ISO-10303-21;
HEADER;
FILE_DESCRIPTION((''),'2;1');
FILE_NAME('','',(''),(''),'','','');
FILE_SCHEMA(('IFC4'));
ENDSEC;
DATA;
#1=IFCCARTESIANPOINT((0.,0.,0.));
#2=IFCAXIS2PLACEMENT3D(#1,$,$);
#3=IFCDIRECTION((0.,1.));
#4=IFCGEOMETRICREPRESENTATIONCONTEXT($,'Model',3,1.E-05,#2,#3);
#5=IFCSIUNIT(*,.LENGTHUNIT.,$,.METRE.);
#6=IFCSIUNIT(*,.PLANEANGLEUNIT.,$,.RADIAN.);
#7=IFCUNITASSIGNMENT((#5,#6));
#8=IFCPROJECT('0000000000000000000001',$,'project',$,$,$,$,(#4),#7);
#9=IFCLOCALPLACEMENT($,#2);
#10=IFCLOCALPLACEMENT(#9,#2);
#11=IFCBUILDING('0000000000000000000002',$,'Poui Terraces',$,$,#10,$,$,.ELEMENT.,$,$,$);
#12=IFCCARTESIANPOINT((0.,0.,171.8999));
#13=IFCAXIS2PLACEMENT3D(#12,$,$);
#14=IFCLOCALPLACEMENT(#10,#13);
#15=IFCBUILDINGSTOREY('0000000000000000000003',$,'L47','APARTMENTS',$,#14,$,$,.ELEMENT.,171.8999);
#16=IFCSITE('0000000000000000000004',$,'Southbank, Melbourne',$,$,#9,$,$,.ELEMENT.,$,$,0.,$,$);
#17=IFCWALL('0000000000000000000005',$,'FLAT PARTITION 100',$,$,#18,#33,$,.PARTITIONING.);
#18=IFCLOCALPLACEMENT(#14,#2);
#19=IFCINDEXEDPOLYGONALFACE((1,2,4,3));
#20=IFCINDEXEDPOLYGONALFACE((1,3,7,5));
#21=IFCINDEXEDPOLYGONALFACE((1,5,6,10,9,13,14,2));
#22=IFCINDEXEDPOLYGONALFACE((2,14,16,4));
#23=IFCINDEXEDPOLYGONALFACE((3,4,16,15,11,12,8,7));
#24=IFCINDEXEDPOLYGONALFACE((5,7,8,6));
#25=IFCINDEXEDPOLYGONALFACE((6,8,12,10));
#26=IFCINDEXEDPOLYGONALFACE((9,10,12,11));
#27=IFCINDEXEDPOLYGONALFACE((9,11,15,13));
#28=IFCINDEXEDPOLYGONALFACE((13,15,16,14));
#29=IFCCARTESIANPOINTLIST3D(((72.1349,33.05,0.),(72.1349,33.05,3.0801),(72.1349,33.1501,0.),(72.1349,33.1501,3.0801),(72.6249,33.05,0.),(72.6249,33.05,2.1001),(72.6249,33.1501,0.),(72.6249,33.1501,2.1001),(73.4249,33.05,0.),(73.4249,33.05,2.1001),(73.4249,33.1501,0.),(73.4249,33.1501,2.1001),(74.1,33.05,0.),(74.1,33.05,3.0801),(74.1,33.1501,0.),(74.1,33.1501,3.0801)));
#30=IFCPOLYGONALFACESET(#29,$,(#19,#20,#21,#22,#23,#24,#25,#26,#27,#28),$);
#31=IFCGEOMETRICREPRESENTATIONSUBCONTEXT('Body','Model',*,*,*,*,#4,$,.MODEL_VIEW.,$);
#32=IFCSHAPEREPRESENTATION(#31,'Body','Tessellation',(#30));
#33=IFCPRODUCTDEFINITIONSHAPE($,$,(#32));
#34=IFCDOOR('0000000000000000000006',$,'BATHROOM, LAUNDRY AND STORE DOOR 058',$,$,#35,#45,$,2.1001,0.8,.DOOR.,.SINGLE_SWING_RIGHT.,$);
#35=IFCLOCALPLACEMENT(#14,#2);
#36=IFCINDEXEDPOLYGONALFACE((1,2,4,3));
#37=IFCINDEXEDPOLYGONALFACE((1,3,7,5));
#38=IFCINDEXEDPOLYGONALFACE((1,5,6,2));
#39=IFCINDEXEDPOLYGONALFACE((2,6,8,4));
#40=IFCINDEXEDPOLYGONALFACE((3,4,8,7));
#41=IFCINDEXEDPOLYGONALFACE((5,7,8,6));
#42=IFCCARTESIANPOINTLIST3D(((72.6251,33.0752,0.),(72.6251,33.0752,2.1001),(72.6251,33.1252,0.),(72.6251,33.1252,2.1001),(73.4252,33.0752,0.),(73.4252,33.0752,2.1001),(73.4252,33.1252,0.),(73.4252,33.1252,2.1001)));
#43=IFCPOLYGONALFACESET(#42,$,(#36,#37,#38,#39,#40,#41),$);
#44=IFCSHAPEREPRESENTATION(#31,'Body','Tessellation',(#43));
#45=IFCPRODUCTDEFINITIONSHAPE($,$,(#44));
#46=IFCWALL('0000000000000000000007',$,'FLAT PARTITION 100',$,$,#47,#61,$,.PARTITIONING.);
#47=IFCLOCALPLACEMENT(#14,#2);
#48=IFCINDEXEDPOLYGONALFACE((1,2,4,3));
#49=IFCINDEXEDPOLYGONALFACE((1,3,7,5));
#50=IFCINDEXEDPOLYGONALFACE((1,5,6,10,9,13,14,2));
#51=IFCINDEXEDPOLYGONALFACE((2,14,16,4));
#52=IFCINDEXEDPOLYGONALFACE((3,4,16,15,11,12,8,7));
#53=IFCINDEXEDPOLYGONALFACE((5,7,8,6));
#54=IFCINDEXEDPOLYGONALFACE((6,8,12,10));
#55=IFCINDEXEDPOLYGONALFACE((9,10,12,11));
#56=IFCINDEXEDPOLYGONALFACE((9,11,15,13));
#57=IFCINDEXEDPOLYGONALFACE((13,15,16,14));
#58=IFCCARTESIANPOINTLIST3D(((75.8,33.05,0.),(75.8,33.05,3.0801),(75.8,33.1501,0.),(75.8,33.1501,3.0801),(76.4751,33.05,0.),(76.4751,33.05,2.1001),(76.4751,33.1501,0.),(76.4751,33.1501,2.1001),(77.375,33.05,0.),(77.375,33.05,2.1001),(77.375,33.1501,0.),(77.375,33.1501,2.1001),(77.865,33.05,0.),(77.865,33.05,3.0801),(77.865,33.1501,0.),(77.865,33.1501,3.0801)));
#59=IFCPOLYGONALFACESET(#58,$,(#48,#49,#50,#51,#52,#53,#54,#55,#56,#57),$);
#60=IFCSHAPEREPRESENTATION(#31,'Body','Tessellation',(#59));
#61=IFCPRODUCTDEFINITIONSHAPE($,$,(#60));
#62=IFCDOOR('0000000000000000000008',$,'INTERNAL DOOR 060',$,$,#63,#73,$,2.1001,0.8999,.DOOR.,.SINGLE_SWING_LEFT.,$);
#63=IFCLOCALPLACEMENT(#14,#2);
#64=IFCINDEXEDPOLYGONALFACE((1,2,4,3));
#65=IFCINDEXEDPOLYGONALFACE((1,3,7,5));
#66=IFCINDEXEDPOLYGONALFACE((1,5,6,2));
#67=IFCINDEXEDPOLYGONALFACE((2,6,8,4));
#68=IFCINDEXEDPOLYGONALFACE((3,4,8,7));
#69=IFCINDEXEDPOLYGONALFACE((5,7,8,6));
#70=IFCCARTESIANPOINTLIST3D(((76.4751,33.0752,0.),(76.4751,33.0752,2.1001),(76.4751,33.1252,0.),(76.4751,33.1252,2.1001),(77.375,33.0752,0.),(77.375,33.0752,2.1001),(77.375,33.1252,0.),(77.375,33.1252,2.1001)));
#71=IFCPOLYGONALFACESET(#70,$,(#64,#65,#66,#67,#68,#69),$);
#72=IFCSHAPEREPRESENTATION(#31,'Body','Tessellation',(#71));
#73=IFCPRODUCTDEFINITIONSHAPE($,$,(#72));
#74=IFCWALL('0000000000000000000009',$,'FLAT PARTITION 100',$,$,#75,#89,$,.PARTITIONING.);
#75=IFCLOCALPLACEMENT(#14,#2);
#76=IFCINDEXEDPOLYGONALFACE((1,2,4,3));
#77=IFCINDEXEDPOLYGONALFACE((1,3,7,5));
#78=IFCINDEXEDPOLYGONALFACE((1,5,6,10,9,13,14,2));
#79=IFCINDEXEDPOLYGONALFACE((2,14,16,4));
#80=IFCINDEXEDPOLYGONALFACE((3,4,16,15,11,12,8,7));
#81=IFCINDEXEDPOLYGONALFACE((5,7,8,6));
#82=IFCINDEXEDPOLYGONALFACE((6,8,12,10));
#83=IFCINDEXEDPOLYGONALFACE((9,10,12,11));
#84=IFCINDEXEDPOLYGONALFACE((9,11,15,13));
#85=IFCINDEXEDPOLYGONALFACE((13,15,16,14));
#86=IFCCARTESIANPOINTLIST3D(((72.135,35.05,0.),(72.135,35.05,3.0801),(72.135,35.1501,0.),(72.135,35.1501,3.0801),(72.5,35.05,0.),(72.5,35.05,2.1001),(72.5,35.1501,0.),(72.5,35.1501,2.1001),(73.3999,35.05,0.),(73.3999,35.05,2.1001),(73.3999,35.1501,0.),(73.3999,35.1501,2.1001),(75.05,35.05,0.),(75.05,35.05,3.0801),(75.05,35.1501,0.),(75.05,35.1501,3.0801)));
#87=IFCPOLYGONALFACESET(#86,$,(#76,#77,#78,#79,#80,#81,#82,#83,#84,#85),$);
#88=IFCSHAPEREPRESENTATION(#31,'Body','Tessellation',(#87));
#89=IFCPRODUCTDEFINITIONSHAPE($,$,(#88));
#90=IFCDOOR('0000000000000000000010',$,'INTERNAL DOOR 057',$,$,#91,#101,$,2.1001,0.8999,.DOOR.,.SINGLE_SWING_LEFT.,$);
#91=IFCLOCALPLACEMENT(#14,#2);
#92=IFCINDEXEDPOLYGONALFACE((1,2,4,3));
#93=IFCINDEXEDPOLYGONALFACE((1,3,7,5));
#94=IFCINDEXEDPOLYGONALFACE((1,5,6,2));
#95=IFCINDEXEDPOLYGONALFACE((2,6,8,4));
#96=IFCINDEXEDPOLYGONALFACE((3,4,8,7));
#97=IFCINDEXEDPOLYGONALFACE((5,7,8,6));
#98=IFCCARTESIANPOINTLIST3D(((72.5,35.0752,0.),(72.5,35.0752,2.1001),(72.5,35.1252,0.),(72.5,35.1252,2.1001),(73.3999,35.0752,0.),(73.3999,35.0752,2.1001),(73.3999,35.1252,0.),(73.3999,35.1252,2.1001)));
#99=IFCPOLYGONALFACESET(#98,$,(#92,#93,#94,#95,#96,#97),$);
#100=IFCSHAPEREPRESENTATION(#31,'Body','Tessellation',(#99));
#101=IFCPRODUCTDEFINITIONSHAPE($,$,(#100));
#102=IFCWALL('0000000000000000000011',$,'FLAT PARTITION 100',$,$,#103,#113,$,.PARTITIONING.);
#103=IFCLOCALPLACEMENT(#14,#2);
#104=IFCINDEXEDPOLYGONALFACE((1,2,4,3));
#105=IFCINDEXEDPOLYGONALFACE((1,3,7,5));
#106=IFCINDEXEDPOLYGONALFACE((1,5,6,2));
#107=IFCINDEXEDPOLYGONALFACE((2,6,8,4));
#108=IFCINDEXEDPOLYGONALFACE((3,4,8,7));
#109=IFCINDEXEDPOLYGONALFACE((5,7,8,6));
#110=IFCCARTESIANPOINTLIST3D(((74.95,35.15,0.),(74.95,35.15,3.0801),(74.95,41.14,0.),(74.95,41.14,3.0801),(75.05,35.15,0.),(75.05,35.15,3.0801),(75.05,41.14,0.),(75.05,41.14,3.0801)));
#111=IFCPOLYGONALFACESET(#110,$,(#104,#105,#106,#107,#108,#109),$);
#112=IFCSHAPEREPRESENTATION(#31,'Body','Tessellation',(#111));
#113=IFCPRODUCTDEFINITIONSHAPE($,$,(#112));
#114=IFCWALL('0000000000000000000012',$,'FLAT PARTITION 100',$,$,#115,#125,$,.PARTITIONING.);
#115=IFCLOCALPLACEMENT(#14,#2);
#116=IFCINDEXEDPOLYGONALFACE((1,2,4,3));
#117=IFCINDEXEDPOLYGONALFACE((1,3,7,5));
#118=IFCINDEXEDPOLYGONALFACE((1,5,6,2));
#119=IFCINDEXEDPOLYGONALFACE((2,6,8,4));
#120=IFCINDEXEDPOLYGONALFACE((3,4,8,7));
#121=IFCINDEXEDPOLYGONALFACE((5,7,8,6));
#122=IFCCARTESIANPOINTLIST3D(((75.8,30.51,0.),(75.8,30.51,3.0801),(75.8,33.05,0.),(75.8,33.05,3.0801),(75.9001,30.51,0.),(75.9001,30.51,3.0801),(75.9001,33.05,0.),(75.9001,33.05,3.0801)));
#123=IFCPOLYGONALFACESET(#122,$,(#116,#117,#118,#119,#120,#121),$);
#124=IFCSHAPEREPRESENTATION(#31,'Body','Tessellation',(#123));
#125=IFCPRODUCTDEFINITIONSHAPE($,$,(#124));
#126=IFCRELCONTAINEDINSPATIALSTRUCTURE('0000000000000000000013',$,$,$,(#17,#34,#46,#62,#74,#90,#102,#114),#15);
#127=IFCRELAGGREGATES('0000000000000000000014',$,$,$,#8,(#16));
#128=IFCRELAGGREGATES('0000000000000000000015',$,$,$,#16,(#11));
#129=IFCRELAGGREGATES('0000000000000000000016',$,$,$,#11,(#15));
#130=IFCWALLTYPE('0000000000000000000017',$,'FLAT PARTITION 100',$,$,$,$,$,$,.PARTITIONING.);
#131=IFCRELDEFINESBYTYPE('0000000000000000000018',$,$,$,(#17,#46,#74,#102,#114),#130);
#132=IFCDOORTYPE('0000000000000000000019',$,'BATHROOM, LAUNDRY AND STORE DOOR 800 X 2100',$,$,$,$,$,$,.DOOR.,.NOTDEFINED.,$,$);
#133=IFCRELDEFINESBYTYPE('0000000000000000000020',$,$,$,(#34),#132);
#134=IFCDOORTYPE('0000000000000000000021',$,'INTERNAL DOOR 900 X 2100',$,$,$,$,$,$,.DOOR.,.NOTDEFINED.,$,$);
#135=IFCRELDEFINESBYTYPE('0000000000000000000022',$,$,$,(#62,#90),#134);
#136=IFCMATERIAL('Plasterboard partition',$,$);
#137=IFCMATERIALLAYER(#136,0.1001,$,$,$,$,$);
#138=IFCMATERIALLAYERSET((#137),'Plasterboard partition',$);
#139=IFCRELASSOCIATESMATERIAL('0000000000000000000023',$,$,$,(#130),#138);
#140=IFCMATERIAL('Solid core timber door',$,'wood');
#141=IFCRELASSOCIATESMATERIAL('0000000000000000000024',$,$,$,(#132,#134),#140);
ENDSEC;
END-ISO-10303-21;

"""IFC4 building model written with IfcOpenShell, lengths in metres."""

from ifc_helpers import new_model, si_unit, direction, frame, frame_2d, origin, place, context, subcontext, project, spatial, rectangle, extrude, material, layer, layer_set, type_object, element, fill, save


model = new_model("IFC4")

# Units and contexts
model_context = context("Model", 3, precision=1e-05, world=origin(), true_north=direction((0.0, 1.0)))
body_context = subcontext(model_context, "Body", "Model", "MODEL_VIEW")
ifc_project = project(units=[si_unit("LENGTHUNIT", "METRE"), si_unit("PLANEANGLEUNIT", "RADIAN")], contexts=[model_context])

# Site, building, storey
site_placement = place(None, origin())
site = spatial("IfcSite", under=ifc_project, at=site_placement, Name="Southbank, Melbourne", CompositionType="ELEMENT", RefElevation=0.0)
building_placement = place(site_placement, origin())
building = spatial("IfcBuilding", under=site, at=building_placement, Name="Poui Terraces", CompositionType="ELEMENT")
storey_placement = place(building_placement, frame((0.0, 0.0, 171.8999)))
storey = spatial("IfcBuildingStorey", under=building, at=storey_placement, Name="L47", Description="APARTMENTS", CompositionType="ELEMENT", Elevation=171.8999)

# Walls, openings, doors
ifc_material_1 = material(Name="Plasterboard partition")
ifc_layer = layer(ifc_material_1, 0.1001)
ifc_layer_set = layer_set([ifc_layer], Name="Plasterboard partition")
wall_type = type_object("IfcWallType", Name="FLAT PARTITION 100", PredefinedType="PARTITIONING", material=ifc_layer_set)
wall_1_placement = place(storey_placement, frame((72.135, 33.1001, 0.0), z_axis=(0.0, 0.0, 1.0), x_axis=(1.0, 0.0, 0.0)))
wall_1 = element("IfcWall", 1, at=wall_1_placement, inside=storey, type_object=wall_type, Name="FLAT PARTITION 100", PredefinedType="PARTITIONING", context=body_context, shape_type="SweptSolid", body=[
    extrude(rectangle(XDim=1.9651, YDim=0.1001, at=frame_2d((0.9824, 0.0))), origin(), (0.0, 0.0, 1.0), 3.0801),
])
opening_1_placement = place(wall_1_placement, frame((0.49, 0.0, 0.0)))
opening_1 = element("IfcOpeningElement", 2, at=opening_1_placement, cuts=wall_1, PredefinedType="OPENING", context=body_context, shape_type="SweptSolid", body=[
    extrude(rectangle(XDim=0.8, YDim=2.1001, at=frame_2d((0.3999, 1.05))), frame((0.0, 0.0601, 0.0), z_axis=(0.0, -1.0, 0.0), x_axis=(1.0, 0.0, 0.0)), (0.0, 0.0, 1.0), 0.1201),
])
ifc_material_2 = material(Name="Solid core timber door", Category="wood")
door_type_1 = type_object("IfcDoorType", Name="BATHROOM, LAUNDRY AND STORE DOOR 800 X 2100", OperationType="NOTDEFINED", PredefinedType="DOOR", material=ifc_material_2)
door_1_placement = place(opening_1_placement, frame((0.8, 0.0, 0.0), z_axis=(0.0, 0.0, 1.0), x_axis=(-1.0, 0.0, 0.0)))
door_1 = element("IfcDoor", 3, at=door_1_placement, inside=storey, type_object=door_type_1, Name="BATHROOM, LAUNDRY AND STORE DOOR 058", OperationType="SINGLE_SWING_RIGHT", OverallHeight=2.1001, OverallWidth=0.8, PredefinedType="DOOR", context=body_context, shape_type="SweptSolid", body=[
    extrude(rectangle(XDim=0.8, YDim=2.1001, at=frame_2d((0.3999, 1.05))), frame((0.0, 0.0249, 0.0), z_axis=(0.0, -1.0, 0.0), x_axis=(1.0, 0.0, 0.0)), (0.0, 0.0, 1.0), 0.05),
])
fill(opening_1, door_1)
wall_2_placement = place(storey_placement, frame((75.8, 33.1001, 0.0), z_axis=(0.0, 0.0, 1.0), x_axis=(1.0, 0.0, 0.0)))
wall_2 = element("IfcWall", 4, at=wall_2_placement, inside=storey, type_object=wall_type, Name="FLAT PARTITION 100", PredefinedType="PARTITIONING", context=body_context, shape_type="SweptSolid", body=[
    extrude(rectangle(XDim=2.0649, YDim=0.1001, at=frame_2d((1.0325, 0.0))), origin(), (0.0, 0.0, 1.0), 3.0801),
])
opening_2_placement = place(wall_2_placement, frame((0.675, 0.0, 0.0)))
opening_2 = element("IfcOpeningElement", 5, at=opening_2_placement, cuts=wall_2, PredefinedType="OPENING", context=body_context, shape_type="SweptSolid", body=[
    extrude(rectangle(XDim=0.8999, YDim=2.1001, at=frame_2d((0.45, 1.05))), frame((0.0, 0.0601, 0.0), z_axis=(0.0, -1.0, 0.0), x_axis=(1.0, 0.0, 0.0)), (0.0, 0.0, 1.0), 0.1201),
])
door_type_2 = type_object("IfcDoorType", Name="INTERNAL DOOR 900 X 2100", OperationType="NOTDEFINED", PredefinedType="DOOR", material=ifc_material_2)
door_2_placement = place(opening_2_placement, frame((0.8999, 0.0, 0.0), z_axis=(0.0, 0.0, 1.0), x_axis=(-1.0, 0.0, 0.0)))
door_2 = element("IfcDoor", 6, at=door_2_placement, inside=storey, type_object=door_type_2, Name="INTERNAL DOOR 060", OperationType="SINGLE_SWING_LEFT", OverallHeight=2.1001, OverallWidth=0.8999, PredefinedType="DOOR", context=body_context, shape_type="SweptSolid", body=[
    extrude(rectangle(XDim=0.8999, YDim=2.1001, at=frame_2d((0.45, 1.05))), frame((0.0, 0.0249, 0.0), z_axis=(0.0, -1.0, 0.0), x_axis=(1.0, 0.0, 0.0)), (0.0, 0.0, 1.0), 0.05),
])
fill(opening_2, door_2)
wall_3_placement = place(storey_placement, frame((72.135, 35.1001, 0.0), z_axis=(0.0, 0.0, 1.0), x_axis=(1.0, 0.0, 0.0)))
wall_3 = element("IfcWall", 7, at=wall_3_placement, inside=storey, type_object=wall_type, Name="FLAT PARTITION 100", PredefinedType="PARTITIONING", context=body_context, shape_type="SweptSolid", body=[
    extrude(rectangle(XDim=2.915, YDim=0.1001, at=frame_2d((1.4575, 0.0))), origin(), (0.0, 0.0, 1.0), 3.0801),
])
opening_3_placement = place(wall_3_placement, frame((0.365, 0.0, 0.0)))
opening_3 = element("IfcOpeningElement", 8, at=opening_3_placement, cuts=wall_3, PredefinedType="OPENING", context=body_context, shape_type="SweptSolid", body=[
    extrude(rectangle(XDim=0.8999, YDim=2.1001, at=frame_2d((0.45, 1.05))), frame((0.0, 0.0601, 0.0), z_axis=(0.0, -1.0, 0.0), x_axis=(1.0, 0.0, 0.0)), (0.0, 0.0, 1.0), 0.1201),
])
door_3_placement = place(opening_3_placement, frame((0.8999, 0.0, 0.0), z_axis=(0.0, 0.0, 1.0), x_axis=(-1.0, 0.0, 0.0)))
door_3 = element("IfcDoor", 9, at=door_3_placement, inside=storey, type_object=door_type_2, Name="INTERNAL DOOR 057", OperationType="SINGLE_SWING_LEFT", OverallHeight=2.1001, OverallWidth=0.8999, PredefinedType="DOOR", context=body_context, shape_type="SweptSolid", body=[
    extrude(rectangle(XDim=0.8999, YDim=2.1001, at=frame_2d((0.45, 1.05))), frame((0.0, 0.0249, 0.0), z_axis=(0.0, -1.0, 0.0), x_axis=(1.0, 0.0, 0.0)), (0.0, 0.0, 1.0), 0.05),
])
fill(opening_3, door_3)

# Walls
wall_4_placement = place(storey_placement, frame((75.0, 35.1499, 0.0), z_axis=(0.0, 0.0, 1.0), x_axis=(0.0, 1.0, 0.0)))
element("IfcWall", 10, at=wall_4_placement, inside=storey, type_object=wall_type, Name="FLAT PARTITION 100", PredefinedType="PARTITIONING", context=body_context, shape_type="SweptSolid", body=[
    extrude(rectangle(XDim=5.99, YDim=0.1001, at=frame_2d((2.9951, 0.0))), origin(), (0.0, 0.0, 1.0), 3.0801),
])
wall_5_placement = place(storey_placement, frame((75.8501, 30.51, 0.0), z_axis=(0.0, 0.0, 1.0), x_axis=(0.0, 1.0, 0.0)))
element("IfcWall", 11, at=wall_5_placement, inside=storey, type_object=wall_type, Name="FLAT PARTITION 100", PredefinedType="PARTITIONING", context=body_context, shape_type="SweptSolid", body=[
    extrude(rectangle(XDim=2.54, YDim=0.1001, at=frame_2d((1.27, 0.0))), origin(), (0.0, 0.0, 1.0), 3.0801),
])

save(model, "model.ifc")
